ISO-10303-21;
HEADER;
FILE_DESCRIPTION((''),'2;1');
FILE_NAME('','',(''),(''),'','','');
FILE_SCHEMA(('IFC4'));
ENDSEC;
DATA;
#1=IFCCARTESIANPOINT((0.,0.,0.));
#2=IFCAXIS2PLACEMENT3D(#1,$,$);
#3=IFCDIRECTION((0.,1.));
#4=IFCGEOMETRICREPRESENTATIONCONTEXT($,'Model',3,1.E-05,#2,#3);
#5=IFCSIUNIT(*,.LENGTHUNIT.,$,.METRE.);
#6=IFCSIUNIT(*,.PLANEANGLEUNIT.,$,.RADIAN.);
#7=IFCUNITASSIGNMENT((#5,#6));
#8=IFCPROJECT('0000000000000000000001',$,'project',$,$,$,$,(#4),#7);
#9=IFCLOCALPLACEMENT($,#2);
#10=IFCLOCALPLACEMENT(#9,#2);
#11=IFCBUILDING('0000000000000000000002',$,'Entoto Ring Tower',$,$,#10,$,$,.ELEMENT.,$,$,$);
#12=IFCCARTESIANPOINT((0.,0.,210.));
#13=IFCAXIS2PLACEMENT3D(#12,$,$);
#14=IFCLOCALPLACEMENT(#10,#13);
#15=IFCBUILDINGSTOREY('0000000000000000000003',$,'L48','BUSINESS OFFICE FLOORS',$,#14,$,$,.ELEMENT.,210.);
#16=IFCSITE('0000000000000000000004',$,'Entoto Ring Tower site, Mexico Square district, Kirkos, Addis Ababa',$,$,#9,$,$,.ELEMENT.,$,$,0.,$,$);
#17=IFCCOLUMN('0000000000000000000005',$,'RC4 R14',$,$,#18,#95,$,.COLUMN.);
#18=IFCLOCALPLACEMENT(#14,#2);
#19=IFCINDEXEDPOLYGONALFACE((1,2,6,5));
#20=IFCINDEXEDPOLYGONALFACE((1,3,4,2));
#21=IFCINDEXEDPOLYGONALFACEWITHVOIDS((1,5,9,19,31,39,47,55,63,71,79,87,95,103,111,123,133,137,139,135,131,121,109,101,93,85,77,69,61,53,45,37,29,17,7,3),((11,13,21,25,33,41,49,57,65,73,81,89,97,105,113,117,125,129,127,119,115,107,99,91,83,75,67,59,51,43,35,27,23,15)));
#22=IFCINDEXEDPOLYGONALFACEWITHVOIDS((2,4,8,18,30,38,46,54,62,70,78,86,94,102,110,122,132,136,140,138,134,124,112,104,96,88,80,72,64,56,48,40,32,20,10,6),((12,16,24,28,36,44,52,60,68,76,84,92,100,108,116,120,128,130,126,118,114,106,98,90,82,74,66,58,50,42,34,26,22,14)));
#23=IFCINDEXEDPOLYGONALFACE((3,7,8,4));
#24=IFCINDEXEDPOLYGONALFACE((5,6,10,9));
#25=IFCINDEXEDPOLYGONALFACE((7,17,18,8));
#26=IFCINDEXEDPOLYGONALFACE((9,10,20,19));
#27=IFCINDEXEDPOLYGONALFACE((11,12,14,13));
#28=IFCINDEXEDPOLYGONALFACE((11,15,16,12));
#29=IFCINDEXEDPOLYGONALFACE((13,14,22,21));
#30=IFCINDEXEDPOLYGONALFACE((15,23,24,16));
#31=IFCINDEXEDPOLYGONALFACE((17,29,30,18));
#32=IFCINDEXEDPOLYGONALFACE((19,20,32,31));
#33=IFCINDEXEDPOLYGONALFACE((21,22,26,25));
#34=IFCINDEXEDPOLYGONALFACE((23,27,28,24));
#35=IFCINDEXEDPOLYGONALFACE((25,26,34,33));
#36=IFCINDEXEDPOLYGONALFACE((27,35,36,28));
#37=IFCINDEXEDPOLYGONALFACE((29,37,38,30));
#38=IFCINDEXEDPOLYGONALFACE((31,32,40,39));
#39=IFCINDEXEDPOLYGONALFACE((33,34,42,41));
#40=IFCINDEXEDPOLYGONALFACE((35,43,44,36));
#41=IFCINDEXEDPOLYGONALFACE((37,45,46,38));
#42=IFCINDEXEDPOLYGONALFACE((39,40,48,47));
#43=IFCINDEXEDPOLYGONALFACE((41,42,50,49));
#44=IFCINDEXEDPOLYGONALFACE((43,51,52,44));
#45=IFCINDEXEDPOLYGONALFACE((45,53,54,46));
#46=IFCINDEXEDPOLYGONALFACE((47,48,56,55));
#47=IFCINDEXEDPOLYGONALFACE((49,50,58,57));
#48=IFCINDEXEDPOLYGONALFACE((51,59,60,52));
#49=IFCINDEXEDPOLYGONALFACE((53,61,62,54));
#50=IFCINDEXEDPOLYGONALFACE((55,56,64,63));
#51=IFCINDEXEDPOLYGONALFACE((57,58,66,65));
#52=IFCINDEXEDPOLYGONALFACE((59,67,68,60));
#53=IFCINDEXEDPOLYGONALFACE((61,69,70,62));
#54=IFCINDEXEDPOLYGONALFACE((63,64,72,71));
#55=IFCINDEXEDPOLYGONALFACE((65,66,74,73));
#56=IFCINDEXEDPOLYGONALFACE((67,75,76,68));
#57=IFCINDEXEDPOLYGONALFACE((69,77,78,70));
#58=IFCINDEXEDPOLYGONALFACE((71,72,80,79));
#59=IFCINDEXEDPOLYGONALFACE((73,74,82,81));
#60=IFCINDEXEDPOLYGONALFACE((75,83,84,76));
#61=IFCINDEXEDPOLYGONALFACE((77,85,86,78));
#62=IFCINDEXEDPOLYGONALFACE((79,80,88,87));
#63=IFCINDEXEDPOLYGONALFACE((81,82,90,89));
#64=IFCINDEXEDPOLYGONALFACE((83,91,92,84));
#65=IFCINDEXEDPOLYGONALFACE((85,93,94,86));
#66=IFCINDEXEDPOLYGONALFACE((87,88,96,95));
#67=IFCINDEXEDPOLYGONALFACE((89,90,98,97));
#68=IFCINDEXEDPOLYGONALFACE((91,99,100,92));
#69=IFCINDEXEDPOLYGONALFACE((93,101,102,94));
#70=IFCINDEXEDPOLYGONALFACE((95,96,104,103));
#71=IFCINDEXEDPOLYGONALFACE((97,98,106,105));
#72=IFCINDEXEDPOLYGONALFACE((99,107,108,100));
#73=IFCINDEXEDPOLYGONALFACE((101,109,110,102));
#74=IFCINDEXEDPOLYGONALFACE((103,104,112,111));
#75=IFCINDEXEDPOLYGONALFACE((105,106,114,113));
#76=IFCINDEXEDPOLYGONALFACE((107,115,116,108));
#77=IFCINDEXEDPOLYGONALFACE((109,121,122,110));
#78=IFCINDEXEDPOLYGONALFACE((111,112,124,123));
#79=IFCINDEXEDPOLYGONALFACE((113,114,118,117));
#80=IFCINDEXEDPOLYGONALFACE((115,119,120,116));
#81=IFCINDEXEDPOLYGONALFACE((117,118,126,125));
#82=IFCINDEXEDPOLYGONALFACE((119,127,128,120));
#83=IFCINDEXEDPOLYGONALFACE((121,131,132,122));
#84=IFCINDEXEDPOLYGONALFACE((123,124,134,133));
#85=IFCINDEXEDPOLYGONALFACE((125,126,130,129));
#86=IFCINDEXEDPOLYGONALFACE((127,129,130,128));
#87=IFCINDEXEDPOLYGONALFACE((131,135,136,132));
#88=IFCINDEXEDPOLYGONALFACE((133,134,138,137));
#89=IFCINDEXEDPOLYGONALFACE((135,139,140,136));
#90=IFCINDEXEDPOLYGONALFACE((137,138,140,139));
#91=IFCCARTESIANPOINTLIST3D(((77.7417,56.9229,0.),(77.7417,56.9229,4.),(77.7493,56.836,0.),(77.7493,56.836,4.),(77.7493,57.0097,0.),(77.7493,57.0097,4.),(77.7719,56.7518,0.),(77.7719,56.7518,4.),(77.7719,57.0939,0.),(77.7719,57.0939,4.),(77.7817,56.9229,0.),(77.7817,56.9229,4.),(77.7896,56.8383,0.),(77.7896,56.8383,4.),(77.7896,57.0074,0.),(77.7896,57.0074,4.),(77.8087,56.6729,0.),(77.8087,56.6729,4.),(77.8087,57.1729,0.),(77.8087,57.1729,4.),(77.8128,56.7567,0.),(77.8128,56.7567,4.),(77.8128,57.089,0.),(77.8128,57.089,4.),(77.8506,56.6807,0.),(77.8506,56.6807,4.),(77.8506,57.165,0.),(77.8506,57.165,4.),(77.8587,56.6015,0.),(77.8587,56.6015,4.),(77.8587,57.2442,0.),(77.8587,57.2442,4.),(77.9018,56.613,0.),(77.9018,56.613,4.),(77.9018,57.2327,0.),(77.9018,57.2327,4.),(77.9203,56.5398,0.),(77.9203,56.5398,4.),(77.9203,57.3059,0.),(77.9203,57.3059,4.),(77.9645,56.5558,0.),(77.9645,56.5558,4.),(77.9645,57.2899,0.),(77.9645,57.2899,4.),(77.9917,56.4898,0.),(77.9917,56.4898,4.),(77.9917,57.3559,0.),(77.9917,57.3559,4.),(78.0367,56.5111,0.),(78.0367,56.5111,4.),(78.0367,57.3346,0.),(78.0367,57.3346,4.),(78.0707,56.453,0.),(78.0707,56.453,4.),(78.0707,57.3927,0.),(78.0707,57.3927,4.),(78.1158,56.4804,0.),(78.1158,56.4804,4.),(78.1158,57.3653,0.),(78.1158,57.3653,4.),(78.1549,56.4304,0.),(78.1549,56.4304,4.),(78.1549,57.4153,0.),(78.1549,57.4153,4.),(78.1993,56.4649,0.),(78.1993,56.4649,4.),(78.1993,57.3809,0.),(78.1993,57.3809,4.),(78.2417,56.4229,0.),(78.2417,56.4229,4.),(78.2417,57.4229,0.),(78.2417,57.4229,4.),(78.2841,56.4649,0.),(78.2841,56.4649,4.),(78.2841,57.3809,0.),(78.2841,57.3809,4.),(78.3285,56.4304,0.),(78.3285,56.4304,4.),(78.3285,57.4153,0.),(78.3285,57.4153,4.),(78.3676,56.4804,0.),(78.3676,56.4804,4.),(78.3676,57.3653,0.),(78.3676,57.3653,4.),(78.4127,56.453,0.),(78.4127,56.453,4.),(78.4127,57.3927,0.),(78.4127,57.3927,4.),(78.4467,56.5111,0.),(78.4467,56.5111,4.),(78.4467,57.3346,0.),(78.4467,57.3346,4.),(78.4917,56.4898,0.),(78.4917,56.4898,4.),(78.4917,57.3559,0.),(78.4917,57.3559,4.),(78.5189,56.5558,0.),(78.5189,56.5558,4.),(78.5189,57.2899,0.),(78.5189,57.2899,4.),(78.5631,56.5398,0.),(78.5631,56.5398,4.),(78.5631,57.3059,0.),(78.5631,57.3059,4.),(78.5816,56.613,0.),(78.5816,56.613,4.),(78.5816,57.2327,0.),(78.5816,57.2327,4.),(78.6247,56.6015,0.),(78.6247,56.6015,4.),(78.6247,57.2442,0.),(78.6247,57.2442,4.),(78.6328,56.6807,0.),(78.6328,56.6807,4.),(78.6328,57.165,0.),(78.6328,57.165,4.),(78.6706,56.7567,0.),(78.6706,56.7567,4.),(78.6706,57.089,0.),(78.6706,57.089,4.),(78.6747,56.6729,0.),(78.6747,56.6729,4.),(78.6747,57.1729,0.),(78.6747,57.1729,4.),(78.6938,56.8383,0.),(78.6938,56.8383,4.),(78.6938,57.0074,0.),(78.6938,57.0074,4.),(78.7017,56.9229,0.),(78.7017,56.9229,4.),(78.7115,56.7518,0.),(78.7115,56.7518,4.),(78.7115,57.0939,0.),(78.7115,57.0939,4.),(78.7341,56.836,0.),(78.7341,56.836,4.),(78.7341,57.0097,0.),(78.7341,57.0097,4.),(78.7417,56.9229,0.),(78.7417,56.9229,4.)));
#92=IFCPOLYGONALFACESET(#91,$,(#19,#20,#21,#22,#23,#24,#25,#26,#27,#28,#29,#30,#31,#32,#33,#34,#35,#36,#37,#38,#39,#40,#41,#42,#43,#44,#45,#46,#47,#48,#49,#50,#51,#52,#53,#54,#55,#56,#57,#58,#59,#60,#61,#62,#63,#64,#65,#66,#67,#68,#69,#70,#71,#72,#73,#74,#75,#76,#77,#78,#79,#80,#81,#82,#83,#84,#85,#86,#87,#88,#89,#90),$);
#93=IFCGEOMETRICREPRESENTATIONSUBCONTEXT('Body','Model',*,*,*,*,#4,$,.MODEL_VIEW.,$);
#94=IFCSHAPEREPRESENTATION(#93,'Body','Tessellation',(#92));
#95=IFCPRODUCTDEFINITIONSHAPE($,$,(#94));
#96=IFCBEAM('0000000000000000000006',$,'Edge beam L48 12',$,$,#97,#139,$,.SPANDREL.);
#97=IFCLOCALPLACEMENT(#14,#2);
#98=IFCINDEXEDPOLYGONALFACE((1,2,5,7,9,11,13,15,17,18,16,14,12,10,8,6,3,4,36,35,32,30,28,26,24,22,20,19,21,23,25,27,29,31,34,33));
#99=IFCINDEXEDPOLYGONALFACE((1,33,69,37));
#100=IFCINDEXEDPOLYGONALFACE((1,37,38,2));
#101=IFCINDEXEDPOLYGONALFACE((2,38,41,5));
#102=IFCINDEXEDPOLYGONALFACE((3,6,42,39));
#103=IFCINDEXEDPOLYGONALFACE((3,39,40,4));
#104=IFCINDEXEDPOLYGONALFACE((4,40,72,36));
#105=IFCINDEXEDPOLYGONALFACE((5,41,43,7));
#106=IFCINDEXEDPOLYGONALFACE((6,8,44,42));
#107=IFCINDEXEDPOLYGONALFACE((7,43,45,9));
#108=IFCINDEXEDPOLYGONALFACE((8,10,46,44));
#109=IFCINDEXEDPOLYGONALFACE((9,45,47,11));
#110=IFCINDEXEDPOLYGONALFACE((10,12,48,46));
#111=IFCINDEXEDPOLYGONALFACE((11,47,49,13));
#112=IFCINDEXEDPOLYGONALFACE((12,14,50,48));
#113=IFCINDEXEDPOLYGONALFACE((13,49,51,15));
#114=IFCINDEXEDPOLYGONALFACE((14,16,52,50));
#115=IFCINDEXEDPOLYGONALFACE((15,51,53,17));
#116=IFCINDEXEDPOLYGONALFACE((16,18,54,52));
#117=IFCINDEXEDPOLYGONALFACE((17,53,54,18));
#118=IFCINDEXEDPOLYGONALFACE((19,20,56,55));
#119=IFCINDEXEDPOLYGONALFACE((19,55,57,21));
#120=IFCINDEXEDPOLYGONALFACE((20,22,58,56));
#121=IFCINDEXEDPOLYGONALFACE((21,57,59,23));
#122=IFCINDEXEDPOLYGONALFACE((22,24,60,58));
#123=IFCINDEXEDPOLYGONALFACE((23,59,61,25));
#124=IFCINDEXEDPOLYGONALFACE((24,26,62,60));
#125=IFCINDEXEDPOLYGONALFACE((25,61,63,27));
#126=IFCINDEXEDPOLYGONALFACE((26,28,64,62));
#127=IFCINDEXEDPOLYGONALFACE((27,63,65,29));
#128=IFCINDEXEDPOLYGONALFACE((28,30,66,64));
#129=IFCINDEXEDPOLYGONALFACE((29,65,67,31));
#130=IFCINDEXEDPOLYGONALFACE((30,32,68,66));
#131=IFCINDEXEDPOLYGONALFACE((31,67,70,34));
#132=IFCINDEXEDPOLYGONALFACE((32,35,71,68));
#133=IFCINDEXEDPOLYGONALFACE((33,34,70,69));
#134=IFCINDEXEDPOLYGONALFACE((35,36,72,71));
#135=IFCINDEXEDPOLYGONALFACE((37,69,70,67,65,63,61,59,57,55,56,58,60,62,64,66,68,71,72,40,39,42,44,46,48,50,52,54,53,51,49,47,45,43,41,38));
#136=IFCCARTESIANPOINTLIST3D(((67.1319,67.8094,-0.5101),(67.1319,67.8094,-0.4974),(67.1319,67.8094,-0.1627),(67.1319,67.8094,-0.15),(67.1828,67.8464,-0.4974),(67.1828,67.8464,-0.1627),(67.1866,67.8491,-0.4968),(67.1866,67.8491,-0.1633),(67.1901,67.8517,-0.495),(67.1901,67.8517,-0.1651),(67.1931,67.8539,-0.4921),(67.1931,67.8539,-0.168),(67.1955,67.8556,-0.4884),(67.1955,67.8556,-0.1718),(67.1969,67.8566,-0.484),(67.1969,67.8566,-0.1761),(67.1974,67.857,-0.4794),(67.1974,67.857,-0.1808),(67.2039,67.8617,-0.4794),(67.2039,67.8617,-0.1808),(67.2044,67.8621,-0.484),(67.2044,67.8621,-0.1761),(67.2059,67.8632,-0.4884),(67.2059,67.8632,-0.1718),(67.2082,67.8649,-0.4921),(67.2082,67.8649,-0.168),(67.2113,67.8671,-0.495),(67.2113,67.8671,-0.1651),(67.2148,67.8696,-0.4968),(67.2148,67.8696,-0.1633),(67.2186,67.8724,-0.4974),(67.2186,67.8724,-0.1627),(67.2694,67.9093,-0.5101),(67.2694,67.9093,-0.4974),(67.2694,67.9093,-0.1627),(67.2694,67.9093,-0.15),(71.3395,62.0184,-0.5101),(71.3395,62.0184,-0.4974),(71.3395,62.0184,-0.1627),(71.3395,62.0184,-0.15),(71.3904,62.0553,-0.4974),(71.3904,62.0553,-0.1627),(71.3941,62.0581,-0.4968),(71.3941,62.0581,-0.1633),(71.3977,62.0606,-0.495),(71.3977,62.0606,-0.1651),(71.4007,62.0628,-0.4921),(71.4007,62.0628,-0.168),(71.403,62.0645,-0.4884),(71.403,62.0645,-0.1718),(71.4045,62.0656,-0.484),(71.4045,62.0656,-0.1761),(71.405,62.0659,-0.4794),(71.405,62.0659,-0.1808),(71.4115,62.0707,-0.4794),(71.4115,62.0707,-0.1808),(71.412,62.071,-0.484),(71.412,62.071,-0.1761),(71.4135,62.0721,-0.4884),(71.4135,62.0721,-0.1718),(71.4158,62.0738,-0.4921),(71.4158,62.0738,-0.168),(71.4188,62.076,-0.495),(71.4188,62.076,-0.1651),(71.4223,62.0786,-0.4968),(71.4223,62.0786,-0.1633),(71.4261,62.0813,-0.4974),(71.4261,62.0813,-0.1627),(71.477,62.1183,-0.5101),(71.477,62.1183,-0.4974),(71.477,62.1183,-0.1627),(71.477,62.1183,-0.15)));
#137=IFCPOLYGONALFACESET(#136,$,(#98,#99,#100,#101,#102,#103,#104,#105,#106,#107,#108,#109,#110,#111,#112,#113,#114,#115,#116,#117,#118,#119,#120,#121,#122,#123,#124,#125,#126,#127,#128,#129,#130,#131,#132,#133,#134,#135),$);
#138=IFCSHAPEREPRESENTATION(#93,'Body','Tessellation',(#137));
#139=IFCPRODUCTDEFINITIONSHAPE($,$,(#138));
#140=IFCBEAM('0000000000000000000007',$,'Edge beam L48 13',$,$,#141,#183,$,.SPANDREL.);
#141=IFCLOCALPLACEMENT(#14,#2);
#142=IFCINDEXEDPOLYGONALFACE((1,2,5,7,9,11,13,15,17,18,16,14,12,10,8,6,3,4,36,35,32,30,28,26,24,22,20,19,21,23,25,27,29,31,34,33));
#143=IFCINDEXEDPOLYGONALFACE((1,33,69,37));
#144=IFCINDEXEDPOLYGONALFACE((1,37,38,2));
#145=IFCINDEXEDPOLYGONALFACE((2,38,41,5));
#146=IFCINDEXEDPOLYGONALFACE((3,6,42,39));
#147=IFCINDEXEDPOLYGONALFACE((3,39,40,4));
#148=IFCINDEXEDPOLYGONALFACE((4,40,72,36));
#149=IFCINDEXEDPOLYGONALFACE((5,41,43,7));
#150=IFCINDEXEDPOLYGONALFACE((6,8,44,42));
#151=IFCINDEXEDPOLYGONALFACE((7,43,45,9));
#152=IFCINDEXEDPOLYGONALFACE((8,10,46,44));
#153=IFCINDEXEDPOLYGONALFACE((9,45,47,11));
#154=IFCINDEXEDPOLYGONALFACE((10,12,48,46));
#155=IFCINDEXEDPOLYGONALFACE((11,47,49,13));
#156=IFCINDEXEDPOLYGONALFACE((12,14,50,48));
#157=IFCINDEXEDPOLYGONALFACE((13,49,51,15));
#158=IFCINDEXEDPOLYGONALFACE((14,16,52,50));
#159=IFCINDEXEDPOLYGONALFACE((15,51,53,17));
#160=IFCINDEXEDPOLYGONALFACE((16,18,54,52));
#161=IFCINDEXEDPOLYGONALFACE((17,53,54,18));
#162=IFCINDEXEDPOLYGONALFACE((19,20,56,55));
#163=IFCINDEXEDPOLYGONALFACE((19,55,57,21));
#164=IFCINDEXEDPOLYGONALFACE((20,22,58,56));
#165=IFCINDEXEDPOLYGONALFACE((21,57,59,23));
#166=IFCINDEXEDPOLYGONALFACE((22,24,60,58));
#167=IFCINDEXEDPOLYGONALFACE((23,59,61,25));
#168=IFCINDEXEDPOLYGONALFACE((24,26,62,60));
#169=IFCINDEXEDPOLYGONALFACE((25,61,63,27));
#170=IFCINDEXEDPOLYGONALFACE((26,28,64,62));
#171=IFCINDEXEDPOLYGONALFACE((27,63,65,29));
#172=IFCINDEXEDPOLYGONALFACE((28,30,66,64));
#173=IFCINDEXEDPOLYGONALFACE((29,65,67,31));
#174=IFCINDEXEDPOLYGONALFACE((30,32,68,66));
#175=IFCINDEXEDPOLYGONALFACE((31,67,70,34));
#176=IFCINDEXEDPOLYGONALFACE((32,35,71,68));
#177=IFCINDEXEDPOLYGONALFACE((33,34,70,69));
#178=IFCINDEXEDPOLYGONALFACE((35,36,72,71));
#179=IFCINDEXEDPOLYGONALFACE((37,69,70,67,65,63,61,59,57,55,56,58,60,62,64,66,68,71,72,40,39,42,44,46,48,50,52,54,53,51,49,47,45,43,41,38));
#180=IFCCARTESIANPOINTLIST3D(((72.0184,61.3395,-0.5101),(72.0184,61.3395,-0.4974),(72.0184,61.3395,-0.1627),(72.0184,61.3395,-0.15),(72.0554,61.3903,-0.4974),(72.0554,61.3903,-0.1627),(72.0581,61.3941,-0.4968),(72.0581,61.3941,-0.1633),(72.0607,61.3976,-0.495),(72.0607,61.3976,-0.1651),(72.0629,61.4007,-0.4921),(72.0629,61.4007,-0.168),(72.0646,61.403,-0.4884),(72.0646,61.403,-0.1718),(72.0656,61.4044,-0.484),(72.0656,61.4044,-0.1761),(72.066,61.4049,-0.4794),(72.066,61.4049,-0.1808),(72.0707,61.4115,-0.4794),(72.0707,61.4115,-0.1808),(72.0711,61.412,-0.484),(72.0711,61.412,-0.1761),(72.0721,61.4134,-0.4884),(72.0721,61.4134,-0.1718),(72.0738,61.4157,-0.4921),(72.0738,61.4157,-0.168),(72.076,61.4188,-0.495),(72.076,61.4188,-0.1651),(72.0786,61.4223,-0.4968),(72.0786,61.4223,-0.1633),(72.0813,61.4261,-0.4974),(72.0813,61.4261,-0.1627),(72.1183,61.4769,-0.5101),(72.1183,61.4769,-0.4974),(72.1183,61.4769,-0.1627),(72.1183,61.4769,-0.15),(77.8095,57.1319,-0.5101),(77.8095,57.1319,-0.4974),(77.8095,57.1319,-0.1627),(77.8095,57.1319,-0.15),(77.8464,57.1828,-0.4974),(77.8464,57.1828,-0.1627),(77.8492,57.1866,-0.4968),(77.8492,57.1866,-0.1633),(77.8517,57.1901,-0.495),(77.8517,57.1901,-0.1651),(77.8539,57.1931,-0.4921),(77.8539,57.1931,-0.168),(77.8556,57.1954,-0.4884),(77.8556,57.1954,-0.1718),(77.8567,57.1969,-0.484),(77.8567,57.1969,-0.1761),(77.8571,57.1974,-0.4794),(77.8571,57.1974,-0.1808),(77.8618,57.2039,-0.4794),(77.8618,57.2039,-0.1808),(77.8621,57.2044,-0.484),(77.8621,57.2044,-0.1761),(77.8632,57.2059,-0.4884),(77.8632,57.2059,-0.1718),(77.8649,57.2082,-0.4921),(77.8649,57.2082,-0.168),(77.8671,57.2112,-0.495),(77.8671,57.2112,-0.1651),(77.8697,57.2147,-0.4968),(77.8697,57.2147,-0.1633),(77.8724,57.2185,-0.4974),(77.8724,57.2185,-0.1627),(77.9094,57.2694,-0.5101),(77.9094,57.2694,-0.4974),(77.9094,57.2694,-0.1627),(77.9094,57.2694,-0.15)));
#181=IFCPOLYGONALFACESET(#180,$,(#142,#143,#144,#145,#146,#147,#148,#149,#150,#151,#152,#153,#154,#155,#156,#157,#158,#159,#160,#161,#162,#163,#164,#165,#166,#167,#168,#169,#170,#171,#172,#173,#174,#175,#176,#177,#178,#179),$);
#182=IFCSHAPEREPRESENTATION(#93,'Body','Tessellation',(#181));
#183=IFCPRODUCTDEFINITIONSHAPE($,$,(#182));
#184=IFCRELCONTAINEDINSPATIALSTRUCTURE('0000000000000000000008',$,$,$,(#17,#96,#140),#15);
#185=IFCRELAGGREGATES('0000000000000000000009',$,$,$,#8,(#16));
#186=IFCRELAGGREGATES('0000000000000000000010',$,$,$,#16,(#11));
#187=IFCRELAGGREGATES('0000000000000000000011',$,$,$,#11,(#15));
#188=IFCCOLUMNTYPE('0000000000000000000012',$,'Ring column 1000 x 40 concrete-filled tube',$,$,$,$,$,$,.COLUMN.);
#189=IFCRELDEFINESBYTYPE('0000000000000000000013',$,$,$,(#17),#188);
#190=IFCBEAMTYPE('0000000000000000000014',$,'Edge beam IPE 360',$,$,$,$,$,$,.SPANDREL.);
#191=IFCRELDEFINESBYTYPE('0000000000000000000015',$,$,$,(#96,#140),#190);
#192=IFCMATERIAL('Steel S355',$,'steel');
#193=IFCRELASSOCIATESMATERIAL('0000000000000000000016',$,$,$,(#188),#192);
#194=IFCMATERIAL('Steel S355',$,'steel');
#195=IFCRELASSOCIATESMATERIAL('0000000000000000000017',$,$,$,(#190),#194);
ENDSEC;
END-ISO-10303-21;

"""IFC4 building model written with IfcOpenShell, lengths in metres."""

from ifc_helpers import new_model, si_unit, direction, frame, origin, origin_2d, place, context, subcontext, project, spatial, circle, hollow_circle, i_section, extrude, material, material_profile, profile_set, type_object, element, save


model = new_model("IFC4")

# Units and contexts
model_context = context("Model", 3, precision=1e-05, world=origin(), true_north=direction((0.0, 1.0)))
body_context = subcontext(model_context, "Body", "Model", "MODEL_VIEW")
ifc_project = project(units=[si_unit("LENGTHUNIT", "METRE"), si_unit("PLANEANGLEUNIT", "RADIAN")], contexts=[model_context])

# Site, building, storey
site_placement = place(None, origin())
site = spatial("IfcSite", under=ifc_project, at=site_placement, Name="Entoto Ring Tower site, Mexico Square district, Kirkos, Addis Ababa", CompositionType="ELEMENT", RefElevation=0.0)
building_placement = place(site_placement, origin())
building = spatial("IfcBuilding", under=site, at=building_placement, Name="Entoto Ring Tower", CompositionType="ELEMENT")
storey_placement = place(building_placement, frame((0.0, 0.0, 210.0)))
storey = spatial("IfcBuildingStorey", under=building, at=storey_placement, Name="L48", Description="BUSINESS OFFICE FLOORS", CompositionType="ELEMENT", Elevation=210.0)

# Column
ifc_material_1 = material(Name="Steel S355", Category="steel")
ifc_material_profile_1 = material_profile(ifc_material_1, hollow_circle(Radius=0.5, WallThickness=0.04, at=origin_2d()), Name="CHS 1000 x 40")
ifc_material_2 = material(Name="Concrete C60/75", Category="concrete")
ifc_material_profile_2 = material_profile(ifc_material_2, circle(Radius=0.46, at=origin_2d()), Name="Concrete C60/75 infill")
ifc_profile_set_1 = profile_set([ifc_material_profile_1, ifc_material_profile_2], Name="Steel S355")
column_type = type_object("IfcColumnType", Name="Ring column 1000 x 40 concrete-filled tube", PredefinedType="COLUMN", material=ifc_profile_set_1)
for number, where, z_axis, x_axis, name in (
    (1, (78.2417, 56.9229, 0.0), (0.0, 0.0, 1.0), (1.0, 0.0, 0.0), "RC4 R14"),
):
    element("IfcColumn", number, at=place(storey_placement, frame(where, z_axis=z_axis, x_axis=x_axis)), inside=storey, type_object=column_type, Name=name, PredefinedType="COLUMN", context=body_context, shape_type="SweptSolid", body=[
        extrude(hollow_circle(Radius=0.5, WallThickness=0.04, at=origin_2d()), origin(), (0.0, 0.0, 1.0), 4.0),
    ])

# Beams
ifc_material_3 = material(Name="Steel S355", Category="steel")
ifc_material_profile_3 = material_profile(ifc_material_3, i_section(OverallWidth=0.1699, OverallDepth=0.3601, WebThickness=0.0081, FlangeThickness=0.0127, FilletRadius=0.0181, at=origin_2d()), Name="IPE 360")
ifc_profile_set_2 = profile_set([ifc_material_profile_3], Name="Steel S355")
beam_type_1 = type_object("IfcBeamType", Name="Edge beam IPE 360", PredefinedType="SPANDREL", material=ifc_profile_set_2)
for number, where, z_axis, x_axis, name in (
    (2, (67.2007, 67.8594, -0.3301), (0.587794, -0.80901, 0.0), (0.80901, 0.587794, 0.0), "Edge beam L48 12"),
    (3, (72.0684, 61.4082, -0.3301), (0.80901, -0.587794, 0.0), (0.587794, 0.80901, 0.0), "Edge beam L48 13"),
):
    element("IfcBeam", number, at=place(storey_placement, frame(where, z_axis=z_axis, x_axis=x_axis)), inside=storey, type_object=beam_type_1, Name=name, PredefinedType="SPANDREL", context=body_context, shape_type="SweptSolid", body=[
        extrude(i_section(OverallWidth=0.1699, OverallDepth=0.3601, WebThickness=0.0081, FlangeThickness=0.0127, FilletRadius=0.0181, at=origin_2d()), origin(), (0.0, 0.0, 1.0), 7.1582),
    ])

save(model, "model.ifc")
